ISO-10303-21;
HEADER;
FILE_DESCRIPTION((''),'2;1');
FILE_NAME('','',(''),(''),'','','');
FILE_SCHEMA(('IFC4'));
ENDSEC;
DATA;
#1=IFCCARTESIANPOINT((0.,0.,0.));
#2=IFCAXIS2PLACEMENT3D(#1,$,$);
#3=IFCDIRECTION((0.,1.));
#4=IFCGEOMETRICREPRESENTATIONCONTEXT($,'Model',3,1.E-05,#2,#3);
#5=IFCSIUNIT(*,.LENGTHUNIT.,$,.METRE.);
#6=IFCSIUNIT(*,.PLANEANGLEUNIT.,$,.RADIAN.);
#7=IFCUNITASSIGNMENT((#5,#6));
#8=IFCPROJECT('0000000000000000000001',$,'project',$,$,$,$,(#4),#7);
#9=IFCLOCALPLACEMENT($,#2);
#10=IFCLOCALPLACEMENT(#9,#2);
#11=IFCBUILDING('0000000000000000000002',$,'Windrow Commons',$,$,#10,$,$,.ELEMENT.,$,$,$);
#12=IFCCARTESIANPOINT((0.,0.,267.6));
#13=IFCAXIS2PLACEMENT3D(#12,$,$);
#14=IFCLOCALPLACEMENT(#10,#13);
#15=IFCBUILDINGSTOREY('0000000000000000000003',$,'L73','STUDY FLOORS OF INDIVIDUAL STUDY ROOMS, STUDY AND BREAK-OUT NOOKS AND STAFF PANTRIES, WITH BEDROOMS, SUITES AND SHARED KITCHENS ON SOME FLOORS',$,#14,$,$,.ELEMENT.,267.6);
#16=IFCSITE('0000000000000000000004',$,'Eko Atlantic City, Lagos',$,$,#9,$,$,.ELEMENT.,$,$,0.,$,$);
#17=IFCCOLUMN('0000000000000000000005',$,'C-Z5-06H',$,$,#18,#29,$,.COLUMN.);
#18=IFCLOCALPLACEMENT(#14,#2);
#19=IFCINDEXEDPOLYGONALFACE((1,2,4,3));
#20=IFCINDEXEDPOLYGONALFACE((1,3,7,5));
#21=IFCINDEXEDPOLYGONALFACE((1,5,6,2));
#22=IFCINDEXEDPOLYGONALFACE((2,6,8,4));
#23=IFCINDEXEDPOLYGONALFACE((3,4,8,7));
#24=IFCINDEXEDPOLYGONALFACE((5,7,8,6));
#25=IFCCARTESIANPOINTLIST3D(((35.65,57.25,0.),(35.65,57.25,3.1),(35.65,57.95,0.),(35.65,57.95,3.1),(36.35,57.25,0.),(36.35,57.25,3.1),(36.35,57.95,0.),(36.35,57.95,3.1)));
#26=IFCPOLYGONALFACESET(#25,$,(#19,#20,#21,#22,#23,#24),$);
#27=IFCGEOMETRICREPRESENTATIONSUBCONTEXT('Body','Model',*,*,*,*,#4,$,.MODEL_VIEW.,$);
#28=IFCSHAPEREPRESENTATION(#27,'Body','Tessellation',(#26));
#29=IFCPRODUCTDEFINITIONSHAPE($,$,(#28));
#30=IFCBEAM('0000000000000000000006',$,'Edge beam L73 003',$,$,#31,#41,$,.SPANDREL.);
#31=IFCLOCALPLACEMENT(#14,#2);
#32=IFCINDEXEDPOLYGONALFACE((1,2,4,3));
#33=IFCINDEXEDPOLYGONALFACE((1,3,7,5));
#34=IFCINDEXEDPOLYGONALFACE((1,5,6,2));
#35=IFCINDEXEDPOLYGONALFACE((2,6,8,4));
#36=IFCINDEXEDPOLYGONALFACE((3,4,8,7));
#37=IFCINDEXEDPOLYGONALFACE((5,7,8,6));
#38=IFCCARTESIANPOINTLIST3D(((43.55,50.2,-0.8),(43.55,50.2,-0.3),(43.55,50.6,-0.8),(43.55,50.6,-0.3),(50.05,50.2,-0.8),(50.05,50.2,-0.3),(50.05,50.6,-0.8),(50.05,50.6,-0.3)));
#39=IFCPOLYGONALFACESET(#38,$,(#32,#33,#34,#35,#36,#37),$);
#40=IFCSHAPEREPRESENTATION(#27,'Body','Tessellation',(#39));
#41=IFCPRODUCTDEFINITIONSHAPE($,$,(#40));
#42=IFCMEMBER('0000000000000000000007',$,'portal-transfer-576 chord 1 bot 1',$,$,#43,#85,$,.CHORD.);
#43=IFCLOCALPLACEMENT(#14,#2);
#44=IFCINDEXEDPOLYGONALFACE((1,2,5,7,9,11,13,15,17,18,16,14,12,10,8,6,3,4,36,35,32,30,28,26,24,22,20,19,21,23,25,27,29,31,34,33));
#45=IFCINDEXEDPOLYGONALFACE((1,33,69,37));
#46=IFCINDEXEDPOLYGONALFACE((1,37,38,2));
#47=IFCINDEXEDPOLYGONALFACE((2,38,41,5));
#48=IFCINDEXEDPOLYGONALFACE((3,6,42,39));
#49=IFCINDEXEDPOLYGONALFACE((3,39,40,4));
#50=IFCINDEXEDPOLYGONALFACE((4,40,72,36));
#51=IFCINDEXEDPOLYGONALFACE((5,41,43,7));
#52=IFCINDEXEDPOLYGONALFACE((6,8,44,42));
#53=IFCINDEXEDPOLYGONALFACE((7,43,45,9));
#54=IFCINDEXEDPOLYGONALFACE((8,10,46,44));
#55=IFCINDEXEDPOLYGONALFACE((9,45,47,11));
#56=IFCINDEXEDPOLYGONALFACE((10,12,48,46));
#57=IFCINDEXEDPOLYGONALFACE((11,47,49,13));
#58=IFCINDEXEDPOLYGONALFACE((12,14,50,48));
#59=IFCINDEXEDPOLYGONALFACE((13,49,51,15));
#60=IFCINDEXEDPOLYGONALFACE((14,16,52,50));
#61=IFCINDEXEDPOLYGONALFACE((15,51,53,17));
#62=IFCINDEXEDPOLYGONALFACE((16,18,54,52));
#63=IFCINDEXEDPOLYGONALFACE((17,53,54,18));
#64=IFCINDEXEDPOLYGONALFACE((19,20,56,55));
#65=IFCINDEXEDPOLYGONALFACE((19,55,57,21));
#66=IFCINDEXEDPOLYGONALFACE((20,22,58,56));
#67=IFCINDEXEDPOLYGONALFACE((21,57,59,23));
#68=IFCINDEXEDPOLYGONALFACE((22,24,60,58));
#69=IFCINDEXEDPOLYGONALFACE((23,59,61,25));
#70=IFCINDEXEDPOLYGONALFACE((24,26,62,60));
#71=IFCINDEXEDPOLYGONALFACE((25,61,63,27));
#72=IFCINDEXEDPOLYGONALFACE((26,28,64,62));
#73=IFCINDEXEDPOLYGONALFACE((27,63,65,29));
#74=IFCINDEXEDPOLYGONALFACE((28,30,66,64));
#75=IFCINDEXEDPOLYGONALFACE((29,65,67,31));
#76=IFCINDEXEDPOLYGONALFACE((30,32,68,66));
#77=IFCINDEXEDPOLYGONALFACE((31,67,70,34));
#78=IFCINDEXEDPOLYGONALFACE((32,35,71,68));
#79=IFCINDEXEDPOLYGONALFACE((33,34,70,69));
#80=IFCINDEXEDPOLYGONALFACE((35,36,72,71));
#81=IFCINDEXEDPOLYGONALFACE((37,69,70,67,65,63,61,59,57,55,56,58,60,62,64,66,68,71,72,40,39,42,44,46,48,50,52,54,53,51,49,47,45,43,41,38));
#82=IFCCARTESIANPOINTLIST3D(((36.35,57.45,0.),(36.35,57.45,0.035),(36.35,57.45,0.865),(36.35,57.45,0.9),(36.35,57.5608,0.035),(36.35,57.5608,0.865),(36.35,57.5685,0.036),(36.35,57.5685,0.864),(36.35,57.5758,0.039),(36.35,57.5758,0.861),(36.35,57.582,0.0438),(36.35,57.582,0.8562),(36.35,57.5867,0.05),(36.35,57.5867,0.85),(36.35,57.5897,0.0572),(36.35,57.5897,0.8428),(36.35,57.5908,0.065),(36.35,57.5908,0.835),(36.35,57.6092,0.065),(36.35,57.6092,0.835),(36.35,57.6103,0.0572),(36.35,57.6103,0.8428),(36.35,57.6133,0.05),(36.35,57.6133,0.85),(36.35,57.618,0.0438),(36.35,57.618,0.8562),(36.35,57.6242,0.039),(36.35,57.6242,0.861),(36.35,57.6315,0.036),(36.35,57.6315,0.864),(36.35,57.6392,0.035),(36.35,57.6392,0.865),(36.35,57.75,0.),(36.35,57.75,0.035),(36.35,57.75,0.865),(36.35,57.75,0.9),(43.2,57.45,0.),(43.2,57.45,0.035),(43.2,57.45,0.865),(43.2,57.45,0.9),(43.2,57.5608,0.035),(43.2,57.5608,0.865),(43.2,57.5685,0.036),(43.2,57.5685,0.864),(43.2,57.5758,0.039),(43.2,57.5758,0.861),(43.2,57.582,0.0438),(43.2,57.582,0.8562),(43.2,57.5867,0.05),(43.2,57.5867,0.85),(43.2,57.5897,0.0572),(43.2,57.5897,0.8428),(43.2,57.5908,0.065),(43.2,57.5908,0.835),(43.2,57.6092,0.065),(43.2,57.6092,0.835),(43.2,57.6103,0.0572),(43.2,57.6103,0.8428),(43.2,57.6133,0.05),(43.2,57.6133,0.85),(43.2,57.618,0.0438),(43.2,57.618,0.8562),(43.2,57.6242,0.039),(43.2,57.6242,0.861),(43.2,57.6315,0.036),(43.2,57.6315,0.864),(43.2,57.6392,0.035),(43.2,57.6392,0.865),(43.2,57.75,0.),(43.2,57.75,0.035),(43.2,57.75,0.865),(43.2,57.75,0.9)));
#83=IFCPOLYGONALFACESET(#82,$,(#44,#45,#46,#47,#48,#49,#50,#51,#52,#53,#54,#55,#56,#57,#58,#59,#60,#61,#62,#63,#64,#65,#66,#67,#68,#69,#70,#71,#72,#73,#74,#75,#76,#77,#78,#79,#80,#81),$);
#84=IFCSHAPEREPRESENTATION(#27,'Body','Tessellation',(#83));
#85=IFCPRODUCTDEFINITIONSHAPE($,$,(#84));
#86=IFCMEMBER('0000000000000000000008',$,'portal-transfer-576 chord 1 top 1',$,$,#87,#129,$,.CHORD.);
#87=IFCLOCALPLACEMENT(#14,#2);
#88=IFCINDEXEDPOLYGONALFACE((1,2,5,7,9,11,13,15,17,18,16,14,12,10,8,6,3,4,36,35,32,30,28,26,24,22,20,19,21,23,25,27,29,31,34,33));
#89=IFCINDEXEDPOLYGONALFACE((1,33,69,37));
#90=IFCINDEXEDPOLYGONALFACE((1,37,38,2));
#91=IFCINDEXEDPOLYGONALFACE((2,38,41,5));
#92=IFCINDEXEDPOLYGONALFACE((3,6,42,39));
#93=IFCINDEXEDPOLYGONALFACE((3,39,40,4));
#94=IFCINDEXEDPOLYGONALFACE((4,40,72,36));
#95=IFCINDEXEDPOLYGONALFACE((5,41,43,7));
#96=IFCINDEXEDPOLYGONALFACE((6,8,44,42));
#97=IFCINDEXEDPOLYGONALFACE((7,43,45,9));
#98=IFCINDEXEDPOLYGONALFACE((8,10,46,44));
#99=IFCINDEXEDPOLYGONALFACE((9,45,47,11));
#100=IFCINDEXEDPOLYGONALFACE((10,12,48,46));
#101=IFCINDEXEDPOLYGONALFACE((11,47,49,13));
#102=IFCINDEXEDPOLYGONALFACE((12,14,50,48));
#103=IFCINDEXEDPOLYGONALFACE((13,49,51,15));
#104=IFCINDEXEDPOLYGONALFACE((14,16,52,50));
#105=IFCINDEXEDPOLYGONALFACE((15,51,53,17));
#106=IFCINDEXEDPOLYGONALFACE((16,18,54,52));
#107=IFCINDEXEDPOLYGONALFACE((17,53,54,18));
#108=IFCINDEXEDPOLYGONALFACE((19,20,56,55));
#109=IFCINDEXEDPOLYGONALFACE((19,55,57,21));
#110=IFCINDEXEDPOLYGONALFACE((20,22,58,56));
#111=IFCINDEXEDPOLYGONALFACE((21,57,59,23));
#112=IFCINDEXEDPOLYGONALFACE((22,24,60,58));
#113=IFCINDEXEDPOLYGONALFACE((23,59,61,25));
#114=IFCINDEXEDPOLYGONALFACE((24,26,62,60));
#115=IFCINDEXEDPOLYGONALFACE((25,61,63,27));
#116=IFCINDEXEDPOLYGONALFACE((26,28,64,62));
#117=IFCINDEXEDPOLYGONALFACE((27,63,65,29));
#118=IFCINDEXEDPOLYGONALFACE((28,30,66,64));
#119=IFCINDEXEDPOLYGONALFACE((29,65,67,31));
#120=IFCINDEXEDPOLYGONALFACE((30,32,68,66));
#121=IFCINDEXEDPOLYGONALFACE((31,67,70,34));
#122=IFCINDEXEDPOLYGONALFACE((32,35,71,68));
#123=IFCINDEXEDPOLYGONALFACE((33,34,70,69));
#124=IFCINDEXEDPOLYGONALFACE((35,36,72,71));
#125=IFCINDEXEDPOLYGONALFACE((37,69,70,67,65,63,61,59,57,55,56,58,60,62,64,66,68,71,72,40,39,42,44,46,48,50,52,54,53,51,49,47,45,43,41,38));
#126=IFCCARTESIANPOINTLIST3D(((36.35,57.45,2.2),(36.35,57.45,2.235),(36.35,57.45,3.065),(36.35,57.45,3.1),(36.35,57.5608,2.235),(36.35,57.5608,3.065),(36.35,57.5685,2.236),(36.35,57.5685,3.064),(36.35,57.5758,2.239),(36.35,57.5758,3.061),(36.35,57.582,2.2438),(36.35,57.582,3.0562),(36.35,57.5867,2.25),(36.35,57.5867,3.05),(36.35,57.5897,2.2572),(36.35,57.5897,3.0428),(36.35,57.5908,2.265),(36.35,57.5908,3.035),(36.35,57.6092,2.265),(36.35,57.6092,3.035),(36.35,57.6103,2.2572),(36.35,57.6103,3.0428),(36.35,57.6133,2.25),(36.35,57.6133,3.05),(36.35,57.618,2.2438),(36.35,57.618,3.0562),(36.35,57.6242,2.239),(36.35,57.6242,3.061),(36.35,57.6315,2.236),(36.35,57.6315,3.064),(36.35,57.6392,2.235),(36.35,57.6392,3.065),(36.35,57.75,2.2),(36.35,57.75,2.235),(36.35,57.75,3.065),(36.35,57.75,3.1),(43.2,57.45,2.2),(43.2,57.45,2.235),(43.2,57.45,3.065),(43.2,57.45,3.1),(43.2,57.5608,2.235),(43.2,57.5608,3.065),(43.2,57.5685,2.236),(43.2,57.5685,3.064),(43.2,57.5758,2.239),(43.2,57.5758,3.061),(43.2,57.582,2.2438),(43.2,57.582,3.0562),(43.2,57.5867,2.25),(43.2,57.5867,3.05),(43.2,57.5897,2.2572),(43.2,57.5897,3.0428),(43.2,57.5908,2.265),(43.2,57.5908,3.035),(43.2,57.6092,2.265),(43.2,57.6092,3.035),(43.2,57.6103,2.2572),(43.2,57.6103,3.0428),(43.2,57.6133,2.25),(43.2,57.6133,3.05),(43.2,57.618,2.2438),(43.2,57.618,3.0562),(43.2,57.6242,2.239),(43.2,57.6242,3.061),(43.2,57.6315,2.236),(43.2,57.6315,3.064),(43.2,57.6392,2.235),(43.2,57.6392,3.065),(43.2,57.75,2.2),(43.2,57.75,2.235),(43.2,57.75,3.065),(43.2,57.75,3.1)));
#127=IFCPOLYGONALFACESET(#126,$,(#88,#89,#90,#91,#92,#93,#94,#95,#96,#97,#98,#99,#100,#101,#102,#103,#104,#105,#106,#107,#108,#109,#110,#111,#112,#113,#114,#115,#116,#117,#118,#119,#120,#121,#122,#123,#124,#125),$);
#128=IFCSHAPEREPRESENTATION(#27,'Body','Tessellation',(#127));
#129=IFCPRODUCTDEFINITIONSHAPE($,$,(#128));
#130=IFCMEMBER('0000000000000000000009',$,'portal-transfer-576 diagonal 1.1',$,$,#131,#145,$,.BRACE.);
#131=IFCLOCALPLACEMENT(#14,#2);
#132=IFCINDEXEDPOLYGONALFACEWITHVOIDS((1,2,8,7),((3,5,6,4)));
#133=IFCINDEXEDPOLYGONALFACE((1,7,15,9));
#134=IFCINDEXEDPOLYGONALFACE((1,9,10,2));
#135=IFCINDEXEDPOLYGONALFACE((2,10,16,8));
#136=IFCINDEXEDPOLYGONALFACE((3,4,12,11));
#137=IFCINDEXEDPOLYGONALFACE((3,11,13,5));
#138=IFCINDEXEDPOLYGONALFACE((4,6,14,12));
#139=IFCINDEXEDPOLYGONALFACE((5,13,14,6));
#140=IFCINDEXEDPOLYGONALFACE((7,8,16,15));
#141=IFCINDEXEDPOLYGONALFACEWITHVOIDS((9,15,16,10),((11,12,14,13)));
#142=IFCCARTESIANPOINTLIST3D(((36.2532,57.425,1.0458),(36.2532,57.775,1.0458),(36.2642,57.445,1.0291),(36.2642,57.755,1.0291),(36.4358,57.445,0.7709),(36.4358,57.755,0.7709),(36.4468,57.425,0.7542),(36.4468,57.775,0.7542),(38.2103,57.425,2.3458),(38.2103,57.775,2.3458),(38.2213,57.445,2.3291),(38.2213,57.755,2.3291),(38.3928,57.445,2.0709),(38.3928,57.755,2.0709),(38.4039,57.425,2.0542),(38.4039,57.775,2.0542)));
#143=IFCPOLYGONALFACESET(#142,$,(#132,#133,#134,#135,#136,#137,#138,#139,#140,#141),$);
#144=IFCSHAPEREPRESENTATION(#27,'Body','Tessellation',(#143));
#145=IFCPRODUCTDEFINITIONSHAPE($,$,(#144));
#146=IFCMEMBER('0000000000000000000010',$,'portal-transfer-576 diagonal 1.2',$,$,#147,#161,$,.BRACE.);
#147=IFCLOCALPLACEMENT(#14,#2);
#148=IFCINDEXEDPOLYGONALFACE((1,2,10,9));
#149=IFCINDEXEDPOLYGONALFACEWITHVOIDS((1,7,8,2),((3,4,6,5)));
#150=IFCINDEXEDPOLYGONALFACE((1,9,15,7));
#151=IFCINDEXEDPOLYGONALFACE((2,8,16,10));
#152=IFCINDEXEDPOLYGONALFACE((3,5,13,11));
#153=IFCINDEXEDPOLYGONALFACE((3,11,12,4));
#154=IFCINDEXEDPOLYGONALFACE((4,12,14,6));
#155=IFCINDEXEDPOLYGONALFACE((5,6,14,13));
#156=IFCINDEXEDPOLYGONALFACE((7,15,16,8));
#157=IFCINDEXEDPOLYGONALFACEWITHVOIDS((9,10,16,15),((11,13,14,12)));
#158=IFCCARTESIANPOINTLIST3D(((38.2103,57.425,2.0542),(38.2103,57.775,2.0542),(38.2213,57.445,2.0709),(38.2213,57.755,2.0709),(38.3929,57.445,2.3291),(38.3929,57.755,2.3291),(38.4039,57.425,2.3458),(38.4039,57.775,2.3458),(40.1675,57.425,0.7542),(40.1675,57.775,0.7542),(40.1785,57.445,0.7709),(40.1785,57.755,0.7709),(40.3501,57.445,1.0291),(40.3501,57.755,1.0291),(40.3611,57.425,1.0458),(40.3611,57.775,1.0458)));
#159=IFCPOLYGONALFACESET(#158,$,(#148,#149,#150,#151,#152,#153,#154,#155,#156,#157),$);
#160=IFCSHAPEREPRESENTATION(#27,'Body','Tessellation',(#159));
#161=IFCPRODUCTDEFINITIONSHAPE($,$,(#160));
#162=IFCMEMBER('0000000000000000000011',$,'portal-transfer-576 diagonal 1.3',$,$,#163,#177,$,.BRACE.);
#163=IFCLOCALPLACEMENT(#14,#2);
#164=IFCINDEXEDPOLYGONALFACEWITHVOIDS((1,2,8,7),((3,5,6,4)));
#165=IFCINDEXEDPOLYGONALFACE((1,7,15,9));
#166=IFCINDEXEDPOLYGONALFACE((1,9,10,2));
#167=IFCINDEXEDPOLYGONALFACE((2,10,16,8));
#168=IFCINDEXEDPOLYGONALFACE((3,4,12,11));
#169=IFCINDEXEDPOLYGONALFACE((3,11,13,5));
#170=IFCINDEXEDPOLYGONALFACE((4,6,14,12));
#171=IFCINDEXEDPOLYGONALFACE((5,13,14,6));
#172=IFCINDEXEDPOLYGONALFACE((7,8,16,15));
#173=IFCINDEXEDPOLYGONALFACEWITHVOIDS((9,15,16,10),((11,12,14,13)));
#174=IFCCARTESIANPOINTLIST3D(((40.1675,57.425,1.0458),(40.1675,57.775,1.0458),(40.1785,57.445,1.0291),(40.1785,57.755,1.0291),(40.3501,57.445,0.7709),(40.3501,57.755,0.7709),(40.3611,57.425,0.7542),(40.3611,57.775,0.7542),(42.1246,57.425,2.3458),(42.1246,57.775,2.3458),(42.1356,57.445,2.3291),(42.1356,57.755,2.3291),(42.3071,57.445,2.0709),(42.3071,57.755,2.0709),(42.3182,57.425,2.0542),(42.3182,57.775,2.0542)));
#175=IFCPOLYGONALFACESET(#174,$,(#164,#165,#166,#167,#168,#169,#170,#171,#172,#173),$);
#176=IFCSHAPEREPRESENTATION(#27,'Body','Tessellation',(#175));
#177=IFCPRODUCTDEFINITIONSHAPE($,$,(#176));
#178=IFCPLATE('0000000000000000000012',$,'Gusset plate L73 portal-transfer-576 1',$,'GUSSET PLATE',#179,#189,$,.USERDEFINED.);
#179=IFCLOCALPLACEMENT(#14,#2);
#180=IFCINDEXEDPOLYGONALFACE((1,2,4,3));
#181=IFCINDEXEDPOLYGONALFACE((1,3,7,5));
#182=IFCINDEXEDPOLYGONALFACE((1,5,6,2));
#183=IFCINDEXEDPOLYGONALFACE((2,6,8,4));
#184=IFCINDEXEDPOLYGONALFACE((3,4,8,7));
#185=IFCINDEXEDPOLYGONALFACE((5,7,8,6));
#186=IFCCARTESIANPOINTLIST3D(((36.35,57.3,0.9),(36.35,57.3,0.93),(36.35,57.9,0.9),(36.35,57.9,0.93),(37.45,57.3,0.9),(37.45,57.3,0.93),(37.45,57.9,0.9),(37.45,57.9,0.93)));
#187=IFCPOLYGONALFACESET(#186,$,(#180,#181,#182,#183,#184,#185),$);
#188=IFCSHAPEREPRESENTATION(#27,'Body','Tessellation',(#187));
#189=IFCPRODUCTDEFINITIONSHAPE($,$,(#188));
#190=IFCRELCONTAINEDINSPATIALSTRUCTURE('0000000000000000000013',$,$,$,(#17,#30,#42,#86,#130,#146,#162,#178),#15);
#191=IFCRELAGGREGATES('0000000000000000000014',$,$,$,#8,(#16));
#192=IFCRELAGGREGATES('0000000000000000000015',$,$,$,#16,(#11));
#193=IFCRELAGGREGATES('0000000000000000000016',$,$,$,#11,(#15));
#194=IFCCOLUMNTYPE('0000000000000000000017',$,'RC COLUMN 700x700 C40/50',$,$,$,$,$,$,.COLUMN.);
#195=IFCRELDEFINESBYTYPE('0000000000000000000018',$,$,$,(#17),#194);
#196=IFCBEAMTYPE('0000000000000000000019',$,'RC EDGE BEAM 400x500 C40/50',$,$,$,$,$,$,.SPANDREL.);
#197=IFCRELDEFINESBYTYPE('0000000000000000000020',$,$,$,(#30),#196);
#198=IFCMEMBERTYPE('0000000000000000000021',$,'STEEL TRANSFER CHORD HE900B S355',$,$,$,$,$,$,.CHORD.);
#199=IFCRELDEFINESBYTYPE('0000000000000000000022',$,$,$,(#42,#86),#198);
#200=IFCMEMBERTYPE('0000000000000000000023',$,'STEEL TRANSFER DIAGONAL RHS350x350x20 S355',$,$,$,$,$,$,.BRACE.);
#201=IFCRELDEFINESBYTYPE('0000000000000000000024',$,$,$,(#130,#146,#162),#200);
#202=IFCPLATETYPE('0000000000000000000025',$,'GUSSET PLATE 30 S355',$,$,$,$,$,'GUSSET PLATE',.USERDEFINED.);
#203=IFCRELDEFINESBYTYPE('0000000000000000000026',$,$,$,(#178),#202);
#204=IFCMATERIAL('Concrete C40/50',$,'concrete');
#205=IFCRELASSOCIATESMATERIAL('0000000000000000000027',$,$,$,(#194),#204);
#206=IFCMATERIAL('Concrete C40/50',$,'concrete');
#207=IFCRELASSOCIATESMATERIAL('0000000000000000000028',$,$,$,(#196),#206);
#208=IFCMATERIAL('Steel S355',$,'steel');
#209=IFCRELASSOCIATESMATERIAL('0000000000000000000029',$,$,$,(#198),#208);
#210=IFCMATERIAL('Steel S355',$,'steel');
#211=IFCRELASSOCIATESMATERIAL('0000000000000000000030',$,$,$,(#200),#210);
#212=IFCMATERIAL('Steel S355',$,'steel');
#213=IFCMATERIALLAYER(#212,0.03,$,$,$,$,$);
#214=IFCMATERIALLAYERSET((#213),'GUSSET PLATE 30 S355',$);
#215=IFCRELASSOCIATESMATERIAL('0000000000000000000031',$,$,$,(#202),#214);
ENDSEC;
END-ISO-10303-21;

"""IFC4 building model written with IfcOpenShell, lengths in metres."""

from ifc_helpers import new_model, si_unit, direction, frame, origin, origin_2d, place, context, subcontext, project, spatial, rectangle, hollow_rectangle, i_section, extrude, material, layer, layer_set, material_profile, profile_set, type_object, element, save


model = new_model("IFC4")

# Units and contexts
model_context = context("Model", 3, precision=1e-05, world=origin(), true_north=direction((0.0, 1.0)))
body_context = subcontext(model_context, "Body", "Model", "MODEL_VIEW")
ifc_project = project(units=[si_unit("LENGTHUNIT", "METRE"), si_unit("PLANEANGLEUNIT", "RADIAN")], contexts=[model_context])

# Site, building, storey
site_placement = place(None, origin())
site = spatial("IfcSite", under=ifc_project, at=site_placement, Name="Eko Atlantic City, Lagos", CompositionType="ELEMENT", RefElevation=0.0)
building_placement = place(site_placement, origin())
building = spatial("IfcBuilding", under=site, at=building_placement, Name="Windrow Commons", CompositionType="ELEMENT")
storey_placement = place(building_placement, frame((0.0, 0.0, 267.6)))
storey = spatial("IfcBuildingStorey", under=building, at=storey_placement, Name="L73", Description="STUDY FLOORS OF INDIVIDUAL STUDY ROOMS, STUDY AND BREAK-OUT NOOKS AND STAFF PANTRIES, WITH BEDROOMS, SUITES AND SHARED KITCHENS ON SOME FLOORS", CompositionType="ELEMENT", Elevation=267.6)

# Column
ifc_material_1 = material(Name="Concrete C40/50", Category="concrete")
ifc_material_profile_1 = material_profile(ifc_material_1, rectangle(XDim=0.7, YDim=0.7, at=origin_2d()))
ifc_profile_set_1 = profile_set([ifc_material_profile_1], Name="Concrete C40/50")
column_type = type_object("IfcColumnType", Name="RC COLUMN 700x700 C40/50", PredefinedType="COLUMN", material=ifc_profile_set_1)
column_placement = place(storey_placement, frame((36.0, 57.6, 0.0), z_axis=(0.0, 0.0, 1.0), x_axis=(1.0, 0.0, 0.0)))
element("IfcColumn", 1, at=column_placement, inside=storey, type_object=column_type, Name="C-Z5-06H", PredefinedType="COLUMN", context=body_context, shape_type="SweptSolid", body=[
    extrude(rectangle(XDim=0.7, YDim=0.7, at=origin_2d()), origin(), (0.0, 0.0, 1.0), 3.1),
])

# Beam
ifc_material_2 = material(Name="Concrete C40/50", Category="concrete")
ifc_material_profile_2 = material_profile(ifc_material_2, rectangle(XDim=0.4, YDim=0.5, at=origin_2d()))
ifc_profile_set_2 = profile_set([ifc_material_profile_2], Name="Concrete C40/50")
beam_type = type_object("IfcBeamType", Name="RC EDGE BEAM 400x500 C40/50", PredefinedType="SPANDREL", material=ifc_profile_set_2)
beam_placement = place(storey_placement, frame((50.05, 50.4, -0.55), z_axis=(-1.0, 0.0, 0.0), x_axis=(0.0, -1.0, 0.0)))
element("IfcBeam", 2, at=beam_placement, inside=storey, type_object=beam_type, Name="Edge beam L73 003", PredefinedType="SPANDREL", context=body_context, shape_type="SweptSolid", body=[
    extrude(rectangle(XDim=0.4, YDim=0.5, at=origin_2d()), origin(), (0.0, 0.0, 1.0), 6.5),
])

# Members
ifc_material_3 = material(Name="Steel S355", Category="steel")
ifc_material_profile_3 = material_profile(ifc_material_3, i_section(OverallWidth=0.3, OverallDepth=0.9, WebThickness=0.0185, FlangeThickness=0.035, FilletRadius=0.03, at=origin_2d()))
ifc_profile_set_3 = profile_set([ifc_material_profile_3], Name="Steel S355")
member_type_1 = type_object("IfcMemberType", Name="STEEL TRANSFER CHORD HE900B S355", PredefinedType="CHORD", material=ifc_profile_set_3)
for number, where, z_axis, x_axis, name in (
    (3, (36.35, 57.6, 0.45), (1.0, 0.0, 0.0), (0.0, 1.0, 0.0), "portal-transfer-576 chord 1 bot 1"),
    (4, (36.35, 57.6, 2.65), (1.0, 0.0, 0.0), (0.0, 1.0, 0.0), "portal-transfer-576 chord 1 top 1"),
):
    element("IfcMember", number, at=place(storey_placement, frame(where, z_axis=z_axis, x_axis=x_axis)), inside=storey, type_object=member_type_1, Name=name, PredefinedType="CHORD", context=body_context, shape_type="SweptSolid", body=[
        extrude(i_section(OverallWidth=0.3, OverallDepth=0.9, WebThickness=0.0185, FlangeThickness=0.035, FilletRadius=0.03, at=origin_2d()), origin(), (0.0, 0.0, 1.0), 6.85),
    ])
ifc_material_4 = material(Name="Steel S355", Category="steel")
ifc_material_profile_4 = material_profile(ifc_material_4, hollow_rectangle(XDim=0.35, YDim=0.35, WallThickness=0.02, at=origin_2d()))
ifc_profile_set_4 = profile_set([ifc_material_profile_4], Name="Steel S355")
member_type_2 = type_object("IfcMemberType", Name="STEEL TRANSFER DIAGONAL RHS350x350x20 S355", PredefinedType="BRACE", material=ifc_profile_set_4)
member_1_placement = place(storey_placement, frame((36.35, 57.6, 0.9), z_axis=(0.832979, 0.0, 0.553305), x_axis=(0.0, 1.0, 0.0)))
element("IfcMember", 5, at=member_1_placement, inside=storey, type_object=member_type_2, Name="portal-transfer-576 diagonal 1.1", PredefinedType="BRACE", context=body_context, shape_type="SweptSolid", body=[
    extrude(hollow_rectangle(XDim=0.35, YDim=0.35, WallThickness=0.02, at=origin_2d()), origin(), (0.0, 0.0, 1.0), 2.3495),
])
member_2_placement = place(storey_placement, frame((38.3071, 57.6, 2.2), z_axis=(0.832992, 0.0, -0.553285), x_axis=(0.0, 1.0, 0.0)))
element("IfcMember", 6, at=member_2_placement, inside=storey, type_object=member_type_2, Name="portal-transfer-576 diagonal 1.2", PredefinedType="BRACE", context=body_context, shape_type="SweptSolid", body=[
    extrude(hollow_rectangle(XDim=0.35, YDim=0.35, WallThickness=0.02, at=origin_2d()), origin(), (0.0, 0.0, 1.0), 2.3496),
])
member_3_placement = place(storey_placement, frame((40.2643, 57.6, 0.9), z_axis=(0.832979, 0.0, 0.553305), x_axis=(0.0, 1.0, 0.0)))
element("IfcMember", 7, at=member_3_placement, inside=storey, type_object=member_type_2, Name="portal-transfer-576 diagonal 1.3", PredefinedType="BRACE", context=body_context, shape_type="SweptSolid", body=[
    extrude(hollow_rectangle(XDim=0.35, YDim=0.35, WallThickness=0.02, at=origin_2d()), origin(), (0.0, 0.0, 1.0), 2.3495),
])

# Plate
ifc_material_5 = material(Name="Steel S355", Category="steel")
ifc_layer_1 = layer(ifc_material_5, 0.03)
ifc_layer_set_1 = layer_set([ifc_layer_1], Name="GUSSET PLATE 30 S355")
plate_type = type_object("IfcPlateType", Name="GUSSET PLATE 30 S355", ElementType="GUSSET PLATE", PredefinedType="USERDEFINED", material=ifc_layer_set_1)
for number, where, z_axis, x_axis, name in (
    (8, (36.9, 57.6, 0.9), (0.0, 0.0, 1.0), (1.0, 0.0, 0.0), "Gusset plate L73 portal-transfer-576 1"),
):
    element("IfcPlate", number, at=place(storey_placement, frame(where, z_axis=z_axis, x_axis=x_axis)), inside=storey, type_object=plate_type, Name=name, ObjectType="GUSSET PLATE", PredefinedType="USERDEFINED", context=body_context, shape_type="SweptSolid", body=[
        extrude(rectangle(XDim=1.1, YDim=0.6, at=origin_2d()), origin(), (0.0, 0.0, 1.0), 0.03),
    ])

save(model, "model.ifc")
